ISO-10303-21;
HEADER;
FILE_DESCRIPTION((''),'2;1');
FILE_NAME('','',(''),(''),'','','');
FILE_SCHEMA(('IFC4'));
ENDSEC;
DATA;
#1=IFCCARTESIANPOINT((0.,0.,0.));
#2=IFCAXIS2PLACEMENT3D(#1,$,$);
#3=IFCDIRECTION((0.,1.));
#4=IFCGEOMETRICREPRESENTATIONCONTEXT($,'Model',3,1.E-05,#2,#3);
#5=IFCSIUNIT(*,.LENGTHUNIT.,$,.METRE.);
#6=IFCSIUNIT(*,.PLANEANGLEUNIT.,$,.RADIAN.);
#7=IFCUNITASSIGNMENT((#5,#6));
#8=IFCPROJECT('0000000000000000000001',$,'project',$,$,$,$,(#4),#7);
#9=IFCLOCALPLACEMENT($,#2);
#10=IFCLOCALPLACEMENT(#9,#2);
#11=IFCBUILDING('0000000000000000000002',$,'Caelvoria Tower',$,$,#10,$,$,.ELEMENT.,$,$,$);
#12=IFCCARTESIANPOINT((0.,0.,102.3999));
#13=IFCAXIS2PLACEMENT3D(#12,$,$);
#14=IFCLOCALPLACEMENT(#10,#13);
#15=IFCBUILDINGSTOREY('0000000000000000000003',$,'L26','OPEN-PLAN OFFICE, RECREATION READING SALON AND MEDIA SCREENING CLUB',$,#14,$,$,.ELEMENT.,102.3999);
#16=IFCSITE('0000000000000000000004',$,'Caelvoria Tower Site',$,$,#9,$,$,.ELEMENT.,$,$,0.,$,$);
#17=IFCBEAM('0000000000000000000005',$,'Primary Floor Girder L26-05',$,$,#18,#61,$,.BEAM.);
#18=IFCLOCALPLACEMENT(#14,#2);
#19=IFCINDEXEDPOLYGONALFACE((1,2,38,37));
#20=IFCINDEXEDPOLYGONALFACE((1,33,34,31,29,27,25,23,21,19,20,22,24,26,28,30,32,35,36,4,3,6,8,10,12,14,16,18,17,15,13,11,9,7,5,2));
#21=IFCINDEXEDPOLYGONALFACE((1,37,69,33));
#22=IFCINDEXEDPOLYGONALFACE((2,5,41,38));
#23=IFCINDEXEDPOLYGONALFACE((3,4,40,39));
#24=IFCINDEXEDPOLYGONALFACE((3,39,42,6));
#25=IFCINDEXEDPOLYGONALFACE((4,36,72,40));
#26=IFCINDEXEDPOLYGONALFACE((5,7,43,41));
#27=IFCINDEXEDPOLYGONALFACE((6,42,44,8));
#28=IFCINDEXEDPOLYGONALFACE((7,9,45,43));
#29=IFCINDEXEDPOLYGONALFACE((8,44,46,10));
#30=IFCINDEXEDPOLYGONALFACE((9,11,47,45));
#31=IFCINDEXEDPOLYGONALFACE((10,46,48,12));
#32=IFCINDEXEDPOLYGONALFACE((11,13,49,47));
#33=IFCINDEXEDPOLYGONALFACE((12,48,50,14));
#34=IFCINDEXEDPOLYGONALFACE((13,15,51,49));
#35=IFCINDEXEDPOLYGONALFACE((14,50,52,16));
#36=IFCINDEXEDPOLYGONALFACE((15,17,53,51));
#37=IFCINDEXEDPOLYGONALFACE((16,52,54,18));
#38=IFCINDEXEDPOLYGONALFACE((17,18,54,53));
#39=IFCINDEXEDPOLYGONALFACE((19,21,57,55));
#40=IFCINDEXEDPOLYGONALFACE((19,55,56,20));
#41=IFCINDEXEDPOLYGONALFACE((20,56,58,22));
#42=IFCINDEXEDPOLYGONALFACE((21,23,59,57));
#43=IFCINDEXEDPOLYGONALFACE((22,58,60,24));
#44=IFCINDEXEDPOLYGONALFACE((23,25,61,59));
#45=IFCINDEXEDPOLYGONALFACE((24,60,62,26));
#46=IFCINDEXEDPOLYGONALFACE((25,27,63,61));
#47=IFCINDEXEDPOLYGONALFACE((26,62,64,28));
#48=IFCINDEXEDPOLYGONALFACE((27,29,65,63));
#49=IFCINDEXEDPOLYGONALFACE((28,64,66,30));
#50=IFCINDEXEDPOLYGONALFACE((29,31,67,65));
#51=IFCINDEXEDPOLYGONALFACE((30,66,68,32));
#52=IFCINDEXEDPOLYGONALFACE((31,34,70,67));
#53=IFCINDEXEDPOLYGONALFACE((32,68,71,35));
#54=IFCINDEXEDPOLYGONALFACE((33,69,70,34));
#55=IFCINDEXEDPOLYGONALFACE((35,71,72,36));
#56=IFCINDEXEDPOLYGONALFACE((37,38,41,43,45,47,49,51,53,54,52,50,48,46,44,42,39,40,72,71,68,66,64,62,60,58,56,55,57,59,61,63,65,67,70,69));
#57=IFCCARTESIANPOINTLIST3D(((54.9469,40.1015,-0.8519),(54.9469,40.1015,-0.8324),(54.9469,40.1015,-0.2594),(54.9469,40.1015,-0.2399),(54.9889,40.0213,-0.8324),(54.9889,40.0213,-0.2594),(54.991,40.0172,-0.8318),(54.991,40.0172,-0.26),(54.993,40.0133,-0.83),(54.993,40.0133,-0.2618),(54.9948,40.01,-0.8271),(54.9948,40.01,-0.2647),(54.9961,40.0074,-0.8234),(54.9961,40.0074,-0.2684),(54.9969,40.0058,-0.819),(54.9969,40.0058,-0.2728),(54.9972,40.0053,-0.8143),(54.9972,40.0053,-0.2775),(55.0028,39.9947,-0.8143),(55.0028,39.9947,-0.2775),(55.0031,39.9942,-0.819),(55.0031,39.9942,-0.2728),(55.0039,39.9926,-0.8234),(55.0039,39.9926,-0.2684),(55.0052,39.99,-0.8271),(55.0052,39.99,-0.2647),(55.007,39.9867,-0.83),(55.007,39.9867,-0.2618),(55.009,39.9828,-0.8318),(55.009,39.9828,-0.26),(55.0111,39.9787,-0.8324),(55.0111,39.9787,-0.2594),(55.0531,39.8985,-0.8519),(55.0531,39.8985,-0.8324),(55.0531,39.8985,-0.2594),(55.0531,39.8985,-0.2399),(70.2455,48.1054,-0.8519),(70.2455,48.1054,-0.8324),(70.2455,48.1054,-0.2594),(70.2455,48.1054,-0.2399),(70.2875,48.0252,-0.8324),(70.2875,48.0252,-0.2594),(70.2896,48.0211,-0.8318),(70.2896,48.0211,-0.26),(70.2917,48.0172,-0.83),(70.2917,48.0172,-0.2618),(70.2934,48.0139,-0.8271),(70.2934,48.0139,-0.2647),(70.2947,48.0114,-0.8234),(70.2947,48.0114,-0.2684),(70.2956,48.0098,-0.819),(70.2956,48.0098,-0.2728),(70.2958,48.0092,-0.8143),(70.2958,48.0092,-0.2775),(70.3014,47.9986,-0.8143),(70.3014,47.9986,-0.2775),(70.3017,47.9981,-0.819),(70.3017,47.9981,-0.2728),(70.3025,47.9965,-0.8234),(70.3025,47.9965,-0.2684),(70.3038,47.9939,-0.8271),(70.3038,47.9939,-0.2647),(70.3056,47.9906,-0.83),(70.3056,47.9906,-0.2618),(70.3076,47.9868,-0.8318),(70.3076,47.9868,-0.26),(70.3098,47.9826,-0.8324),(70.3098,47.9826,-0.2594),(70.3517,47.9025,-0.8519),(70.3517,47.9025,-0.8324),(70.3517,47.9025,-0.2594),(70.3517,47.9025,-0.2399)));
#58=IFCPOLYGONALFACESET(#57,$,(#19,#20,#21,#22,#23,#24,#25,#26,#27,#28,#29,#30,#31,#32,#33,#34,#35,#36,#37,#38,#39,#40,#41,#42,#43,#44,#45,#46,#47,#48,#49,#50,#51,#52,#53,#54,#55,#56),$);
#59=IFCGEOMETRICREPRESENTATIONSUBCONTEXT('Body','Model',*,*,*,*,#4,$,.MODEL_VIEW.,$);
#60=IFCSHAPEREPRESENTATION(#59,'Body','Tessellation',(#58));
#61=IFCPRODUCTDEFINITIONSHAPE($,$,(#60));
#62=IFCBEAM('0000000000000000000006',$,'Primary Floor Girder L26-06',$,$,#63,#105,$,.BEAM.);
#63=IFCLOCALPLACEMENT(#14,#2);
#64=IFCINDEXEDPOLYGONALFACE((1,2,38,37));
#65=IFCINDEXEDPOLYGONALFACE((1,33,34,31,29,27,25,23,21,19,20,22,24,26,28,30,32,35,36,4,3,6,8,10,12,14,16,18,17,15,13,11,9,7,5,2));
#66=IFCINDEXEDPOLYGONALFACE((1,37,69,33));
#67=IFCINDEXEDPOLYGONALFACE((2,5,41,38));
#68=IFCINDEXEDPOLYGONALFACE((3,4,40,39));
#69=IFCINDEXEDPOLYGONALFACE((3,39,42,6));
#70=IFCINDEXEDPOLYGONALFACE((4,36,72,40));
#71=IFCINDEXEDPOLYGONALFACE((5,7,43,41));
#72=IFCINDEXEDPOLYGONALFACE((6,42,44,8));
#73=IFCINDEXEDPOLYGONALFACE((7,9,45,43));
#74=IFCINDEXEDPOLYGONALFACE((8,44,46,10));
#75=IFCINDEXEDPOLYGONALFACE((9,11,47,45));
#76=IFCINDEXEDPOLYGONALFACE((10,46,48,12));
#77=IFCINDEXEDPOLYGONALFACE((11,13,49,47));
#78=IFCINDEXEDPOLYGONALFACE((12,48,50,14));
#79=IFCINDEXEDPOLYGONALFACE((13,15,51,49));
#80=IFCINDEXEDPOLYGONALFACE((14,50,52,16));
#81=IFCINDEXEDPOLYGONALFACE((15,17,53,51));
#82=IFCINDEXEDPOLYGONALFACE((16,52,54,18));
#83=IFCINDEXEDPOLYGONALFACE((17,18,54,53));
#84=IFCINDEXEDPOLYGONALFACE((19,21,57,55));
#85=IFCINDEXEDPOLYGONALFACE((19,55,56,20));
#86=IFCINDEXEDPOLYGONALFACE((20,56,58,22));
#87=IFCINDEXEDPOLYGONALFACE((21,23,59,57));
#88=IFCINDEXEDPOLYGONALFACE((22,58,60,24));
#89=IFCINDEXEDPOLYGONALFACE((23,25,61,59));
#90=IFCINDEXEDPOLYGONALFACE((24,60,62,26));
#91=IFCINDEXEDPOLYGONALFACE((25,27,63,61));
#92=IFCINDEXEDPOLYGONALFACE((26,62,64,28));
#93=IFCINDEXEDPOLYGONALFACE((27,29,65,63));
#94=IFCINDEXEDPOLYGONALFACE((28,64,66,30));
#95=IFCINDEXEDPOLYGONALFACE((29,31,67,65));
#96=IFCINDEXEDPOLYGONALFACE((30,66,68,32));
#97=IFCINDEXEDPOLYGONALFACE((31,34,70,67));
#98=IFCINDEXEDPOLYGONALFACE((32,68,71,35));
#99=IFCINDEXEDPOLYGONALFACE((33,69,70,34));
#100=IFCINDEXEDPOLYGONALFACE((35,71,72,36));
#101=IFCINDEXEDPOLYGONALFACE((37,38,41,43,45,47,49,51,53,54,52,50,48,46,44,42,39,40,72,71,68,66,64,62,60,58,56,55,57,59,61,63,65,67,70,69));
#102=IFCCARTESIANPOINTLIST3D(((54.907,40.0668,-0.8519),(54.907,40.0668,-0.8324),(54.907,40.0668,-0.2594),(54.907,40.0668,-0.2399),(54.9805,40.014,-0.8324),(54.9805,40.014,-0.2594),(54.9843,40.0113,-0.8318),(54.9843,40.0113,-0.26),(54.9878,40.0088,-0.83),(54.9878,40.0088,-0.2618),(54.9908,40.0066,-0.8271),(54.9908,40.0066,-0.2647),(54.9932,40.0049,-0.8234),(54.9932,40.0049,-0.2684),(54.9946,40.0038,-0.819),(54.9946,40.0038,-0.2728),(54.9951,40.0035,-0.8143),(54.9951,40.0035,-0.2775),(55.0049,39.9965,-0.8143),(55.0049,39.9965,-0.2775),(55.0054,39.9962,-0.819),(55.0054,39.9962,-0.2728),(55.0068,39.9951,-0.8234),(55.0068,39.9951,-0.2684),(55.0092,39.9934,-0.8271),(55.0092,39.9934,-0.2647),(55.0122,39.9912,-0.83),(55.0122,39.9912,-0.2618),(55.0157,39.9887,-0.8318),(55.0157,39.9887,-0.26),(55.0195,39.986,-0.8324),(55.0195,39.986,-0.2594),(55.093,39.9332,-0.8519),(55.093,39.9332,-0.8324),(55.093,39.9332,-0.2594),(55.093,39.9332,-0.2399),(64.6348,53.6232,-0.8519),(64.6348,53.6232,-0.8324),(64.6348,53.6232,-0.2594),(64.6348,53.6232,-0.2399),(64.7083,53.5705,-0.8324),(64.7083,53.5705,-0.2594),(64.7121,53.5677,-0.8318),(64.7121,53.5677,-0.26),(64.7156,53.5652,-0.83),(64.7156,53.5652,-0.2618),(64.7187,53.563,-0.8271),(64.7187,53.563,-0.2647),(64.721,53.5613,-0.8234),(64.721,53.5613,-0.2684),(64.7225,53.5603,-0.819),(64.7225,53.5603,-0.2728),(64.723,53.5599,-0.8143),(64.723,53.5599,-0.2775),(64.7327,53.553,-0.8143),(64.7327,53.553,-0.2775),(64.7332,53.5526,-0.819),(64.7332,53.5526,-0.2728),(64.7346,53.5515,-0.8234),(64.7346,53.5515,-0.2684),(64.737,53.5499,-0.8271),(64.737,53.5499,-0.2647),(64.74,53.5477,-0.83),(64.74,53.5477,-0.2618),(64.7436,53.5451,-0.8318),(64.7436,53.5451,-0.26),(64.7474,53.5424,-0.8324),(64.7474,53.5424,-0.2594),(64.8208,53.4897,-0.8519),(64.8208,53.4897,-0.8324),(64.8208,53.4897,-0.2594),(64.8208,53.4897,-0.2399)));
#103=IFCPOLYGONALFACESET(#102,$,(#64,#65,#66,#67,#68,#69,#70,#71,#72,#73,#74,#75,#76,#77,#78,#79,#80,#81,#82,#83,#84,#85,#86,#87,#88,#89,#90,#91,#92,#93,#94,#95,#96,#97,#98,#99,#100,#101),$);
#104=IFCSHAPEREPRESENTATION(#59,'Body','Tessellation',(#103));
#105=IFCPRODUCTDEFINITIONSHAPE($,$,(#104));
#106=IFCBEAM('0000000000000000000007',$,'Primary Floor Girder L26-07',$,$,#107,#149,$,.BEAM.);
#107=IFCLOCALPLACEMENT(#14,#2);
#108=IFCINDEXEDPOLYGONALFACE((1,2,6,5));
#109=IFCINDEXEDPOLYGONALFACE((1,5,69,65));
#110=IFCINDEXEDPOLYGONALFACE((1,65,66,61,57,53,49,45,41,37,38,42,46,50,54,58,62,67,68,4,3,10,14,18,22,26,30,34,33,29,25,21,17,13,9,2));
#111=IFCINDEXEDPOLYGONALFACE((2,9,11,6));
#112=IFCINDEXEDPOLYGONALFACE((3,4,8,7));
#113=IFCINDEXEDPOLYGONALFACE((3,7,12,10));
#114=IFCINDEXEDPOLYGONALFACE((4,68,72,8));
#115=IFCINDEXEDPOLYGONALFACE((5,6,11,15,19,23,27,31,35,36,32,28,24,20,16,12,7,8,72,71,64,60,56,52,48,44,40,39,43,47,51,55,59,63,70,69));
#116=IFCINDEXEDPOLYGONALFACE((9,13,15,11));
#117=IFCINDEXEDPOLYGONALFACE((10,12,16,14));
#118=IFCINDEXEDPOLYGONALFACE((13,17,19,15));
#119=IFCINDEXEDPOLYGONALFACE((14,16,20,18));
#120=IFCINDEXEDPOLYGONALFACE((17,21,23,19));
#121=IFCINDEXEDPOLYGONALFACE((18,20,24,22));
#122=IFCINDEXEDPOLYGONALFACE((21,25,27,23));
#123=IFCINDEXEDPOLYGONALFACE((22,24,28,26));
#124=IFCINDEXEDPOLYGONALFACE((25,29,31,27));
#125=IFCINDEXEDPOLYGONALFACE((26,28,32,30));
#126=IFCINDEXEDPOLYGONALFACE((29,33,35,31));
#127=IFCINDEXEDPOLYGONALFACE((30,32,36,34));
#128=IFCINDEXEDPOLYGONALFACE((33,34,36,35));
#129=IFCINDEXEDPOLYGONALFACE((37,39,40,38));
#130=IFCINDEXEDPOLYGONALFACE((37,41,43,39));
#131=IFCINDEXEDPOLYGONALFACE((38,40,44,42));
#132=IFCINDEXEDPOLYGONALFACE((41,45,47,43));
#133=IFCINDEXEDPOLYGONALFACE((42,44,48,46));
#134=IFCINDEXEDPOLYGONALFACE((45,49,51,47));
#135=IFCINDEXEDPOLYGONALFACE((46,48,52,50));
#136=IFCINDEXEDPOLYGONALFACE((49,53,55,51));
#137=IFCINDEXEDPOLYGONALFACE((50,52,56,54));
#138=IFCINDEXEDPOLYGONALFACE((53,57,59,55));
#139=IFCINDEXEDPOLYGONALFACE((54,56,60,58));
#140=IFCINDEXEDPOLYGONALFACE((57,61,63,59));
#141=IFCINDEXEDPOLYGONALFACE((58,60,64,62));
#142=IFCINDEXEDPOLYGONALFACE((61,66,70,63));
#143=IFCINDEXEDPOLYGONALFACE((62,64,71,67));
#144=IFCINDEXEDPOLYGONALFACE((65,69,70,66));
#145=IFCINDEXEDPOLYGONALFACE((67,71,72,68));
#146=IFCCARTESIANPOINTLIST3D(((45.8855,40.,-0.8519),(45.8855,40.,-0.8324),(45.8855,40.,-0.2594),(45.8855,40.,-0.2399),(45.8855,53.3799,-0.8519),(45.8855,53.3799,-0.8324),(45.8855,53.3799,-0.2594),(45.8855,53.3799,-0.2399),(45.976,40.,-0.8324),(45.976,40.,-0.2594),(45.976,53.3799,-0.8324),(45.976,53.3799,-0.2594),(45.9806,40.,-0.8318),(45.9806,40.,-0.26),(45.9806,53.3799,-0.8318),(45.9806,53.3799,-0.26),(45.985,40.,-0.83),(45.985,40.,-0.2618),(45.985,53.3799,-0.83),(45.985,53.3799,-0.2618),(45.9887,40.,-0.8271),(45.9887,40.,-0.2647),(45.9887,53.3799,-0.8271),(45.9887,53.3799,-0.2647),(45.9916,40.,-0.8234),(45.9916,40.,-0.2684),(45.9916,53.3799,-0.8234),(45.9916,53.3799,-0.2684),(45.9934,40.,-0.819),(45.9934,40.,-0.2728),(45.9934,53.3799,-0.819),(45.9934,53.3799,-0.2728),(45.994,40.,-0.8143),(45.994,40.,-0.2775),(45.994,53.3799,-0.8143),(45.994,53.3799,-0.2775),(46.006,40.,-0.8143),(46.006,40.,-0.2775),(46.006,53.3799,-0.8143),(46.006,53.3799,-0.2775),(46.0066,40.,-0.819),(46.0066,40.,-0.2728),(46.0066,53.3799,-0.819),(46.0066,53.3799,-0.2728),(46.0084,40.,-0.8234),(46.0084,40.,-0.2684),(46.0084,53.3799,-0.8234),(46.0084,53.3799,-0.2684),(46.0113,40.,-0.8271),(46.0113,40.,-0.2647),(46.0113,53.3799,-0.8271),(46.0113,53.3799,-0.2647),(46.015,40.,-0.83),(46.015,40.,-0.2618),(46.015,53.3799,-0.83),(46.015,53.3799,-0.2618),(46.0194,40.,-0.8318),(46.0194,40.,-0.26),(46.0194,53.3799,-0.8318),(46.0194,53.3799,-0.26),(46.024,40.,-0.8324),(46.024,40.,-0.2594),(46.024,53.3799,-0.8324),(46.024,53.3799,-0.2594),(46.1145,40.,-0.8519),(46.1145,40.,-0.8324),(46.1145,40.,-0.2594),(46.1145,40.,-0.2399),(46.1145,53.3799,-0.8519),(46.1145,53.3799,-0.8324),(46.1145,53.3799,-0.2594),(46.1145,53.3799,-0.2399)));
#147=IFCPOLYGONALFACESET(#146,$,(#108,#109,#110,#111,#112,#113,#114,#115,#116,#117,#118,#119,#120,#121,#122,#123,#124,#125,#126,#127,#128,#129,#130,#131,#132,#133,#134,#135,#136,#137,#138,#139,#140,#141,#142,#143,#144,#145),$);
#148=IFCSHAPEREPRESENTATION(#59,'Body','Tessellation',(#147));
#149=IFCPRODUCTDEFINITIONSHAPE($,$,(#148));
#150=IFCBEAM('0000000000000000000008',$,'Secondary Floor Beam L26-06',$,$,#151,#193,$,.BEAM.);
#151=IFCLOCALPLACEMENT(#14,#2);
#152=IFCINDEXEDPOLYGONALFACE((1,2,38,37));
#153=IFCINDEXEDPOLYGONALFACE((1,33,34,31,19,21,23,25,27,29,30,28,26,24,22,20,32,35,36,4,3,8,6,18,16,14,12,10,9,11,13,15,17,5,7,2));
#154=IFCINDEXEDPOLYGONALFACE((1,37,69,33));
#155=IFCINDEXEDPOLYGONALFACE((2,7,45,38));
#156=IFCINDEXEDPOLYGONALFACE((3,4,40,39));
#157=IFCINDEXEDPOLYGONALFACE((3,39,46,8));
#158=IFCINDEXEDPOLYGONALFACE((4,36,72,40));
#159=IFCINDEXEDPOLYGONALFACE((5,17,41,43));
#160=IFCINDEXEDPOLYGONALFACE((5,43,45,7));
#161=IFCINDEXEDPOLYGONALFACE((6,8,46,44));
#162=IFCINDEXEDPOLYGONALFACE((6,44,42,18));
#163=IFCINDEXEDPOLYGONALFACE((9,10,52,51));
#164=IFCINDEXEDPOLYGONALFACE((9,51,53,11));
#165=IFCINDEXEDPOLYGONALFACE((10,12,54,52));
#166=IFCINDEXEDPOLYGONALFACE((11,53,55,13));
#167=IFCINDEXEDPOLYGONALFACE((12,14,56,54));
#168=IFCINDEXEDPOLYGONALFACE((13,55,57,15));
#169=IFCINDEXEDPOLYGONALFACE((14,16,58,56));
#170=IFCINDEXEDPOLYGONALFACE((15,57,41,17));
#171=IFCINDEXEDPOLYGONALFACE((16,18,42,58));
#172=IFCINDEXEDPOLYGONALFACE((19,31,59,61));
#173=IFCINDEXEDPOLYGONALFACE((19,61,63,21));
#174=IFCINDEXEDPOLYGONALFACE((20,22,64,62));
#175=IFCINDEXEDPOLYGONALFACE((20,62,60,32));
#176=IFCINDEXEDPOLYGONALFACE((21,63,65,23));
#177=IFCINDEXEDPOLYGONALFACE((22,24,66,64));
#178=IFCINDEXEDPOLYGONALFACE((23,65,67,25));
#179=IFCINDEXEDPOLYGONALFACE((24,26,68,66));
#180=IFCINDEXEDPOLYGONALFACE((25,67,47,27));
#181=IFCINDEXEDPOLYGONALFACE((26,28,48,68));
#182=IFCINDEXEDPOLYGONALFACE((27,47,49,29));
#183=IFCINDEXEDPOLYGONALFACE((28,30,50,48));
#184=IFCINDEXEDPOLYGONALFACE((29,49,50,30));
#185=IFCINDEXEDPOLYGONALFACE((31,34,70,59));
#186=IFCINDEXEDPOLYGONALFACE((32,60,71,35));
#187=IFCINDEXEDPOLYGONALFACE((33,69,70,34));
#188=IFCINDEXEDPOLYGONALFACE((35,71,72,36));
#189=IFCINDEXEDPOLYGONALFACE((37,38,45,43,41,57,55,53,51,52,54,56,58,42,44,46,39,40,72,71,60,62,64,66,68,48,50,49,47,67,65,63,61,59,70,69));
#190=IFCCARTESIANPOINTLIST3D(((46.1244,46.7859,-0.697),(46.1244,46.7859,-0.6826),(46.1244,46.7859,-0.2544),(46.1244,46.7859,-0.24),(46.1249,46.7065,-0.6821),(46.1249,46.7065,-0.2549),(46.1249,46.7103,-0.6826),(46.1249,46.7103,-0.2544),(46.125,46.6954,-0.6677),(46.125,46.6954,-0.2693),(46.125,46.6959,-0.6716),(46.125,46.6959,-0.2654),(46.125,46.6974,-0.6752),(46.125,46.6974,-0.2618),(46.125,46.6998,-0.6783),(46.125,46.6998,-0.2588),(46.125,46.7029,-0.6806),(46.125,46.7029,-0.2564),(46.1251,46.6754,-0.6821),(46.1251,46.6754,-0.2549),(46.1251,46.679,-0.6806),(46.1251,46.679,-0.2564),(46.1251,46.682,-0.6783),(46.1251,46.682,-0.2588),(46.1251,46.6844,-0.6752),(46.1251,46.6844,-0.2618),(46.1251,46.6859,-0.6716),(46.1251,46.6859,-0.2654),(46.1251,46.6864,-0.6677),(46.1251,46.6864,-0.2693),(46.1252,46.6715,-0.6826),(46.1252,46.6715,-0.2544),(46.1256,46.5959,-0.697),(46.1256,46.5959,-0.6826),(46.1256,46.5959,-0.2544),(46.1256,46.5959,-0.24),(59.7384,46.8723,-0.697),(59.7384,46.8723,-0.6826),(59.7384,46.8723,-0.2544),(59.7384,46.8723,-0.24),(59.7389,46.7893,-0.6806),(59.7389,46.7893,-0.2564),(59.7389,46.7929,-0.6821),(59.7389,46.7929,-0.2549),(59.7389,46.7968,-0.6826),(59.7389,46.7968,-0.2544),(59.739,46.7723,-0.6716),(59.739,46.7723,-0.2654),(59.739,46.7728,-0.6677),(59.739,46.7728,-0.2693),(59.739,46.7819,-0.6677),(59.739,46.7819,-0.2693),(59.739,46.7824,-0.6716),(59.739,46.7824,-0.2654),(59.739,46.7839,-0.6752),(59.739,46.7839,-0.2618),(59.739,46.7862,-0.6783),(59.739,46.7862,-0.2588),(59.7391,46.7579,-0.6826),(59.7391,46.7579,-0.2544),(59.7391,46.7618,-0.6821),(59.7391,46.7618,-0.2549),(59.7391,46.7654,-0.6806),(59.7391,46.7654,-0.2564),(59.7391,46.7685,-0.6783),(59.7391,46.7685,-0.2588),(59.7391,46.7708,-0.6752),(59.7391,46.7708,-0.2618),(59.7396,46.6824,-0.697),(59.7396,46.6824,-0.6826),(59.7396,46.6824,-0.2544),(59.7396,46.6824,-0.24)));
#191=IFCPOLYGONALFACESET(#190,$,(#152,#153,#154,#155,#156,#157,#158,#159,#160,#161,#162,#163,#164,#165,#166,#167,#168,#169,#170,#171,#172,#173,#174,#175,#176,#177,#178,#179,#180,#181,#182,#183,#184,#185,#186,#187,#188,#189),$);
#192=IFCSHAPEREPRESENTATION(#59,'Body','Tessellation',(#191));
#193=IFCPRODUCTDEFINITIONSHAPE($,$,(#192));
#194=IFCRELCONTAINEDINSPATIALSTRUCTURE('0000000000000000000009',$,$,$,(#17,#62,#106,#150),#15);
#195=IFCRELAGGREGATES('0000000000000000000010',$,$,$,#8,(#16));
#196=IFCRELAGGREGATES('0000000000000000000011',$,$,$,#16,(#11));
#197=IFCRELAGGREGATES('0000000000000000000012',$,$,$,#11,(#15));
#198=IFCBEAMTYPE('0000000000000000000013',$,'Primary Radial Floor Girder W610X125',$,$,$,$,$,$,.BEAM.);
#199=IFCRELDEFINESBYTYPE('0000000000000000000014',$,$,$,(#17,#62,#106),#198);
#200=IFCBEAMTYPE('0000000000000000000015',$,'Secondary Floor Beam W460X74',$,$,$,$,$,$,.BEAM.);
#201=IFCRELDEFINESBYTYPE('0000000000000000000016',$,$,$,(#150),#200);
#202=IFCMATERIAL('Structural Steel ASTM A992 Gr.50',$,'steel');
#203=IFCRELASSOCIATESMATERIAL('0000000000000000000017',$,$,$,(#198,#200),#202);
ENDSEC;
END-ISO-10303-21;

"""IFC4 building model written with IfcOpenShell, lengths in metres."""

from ifc_helpers import new_model, si_unit, direction, frame, origin, origin_2d, place, context, subcontext, project, spatial, i_section, extrude, material, material_profile, profile_set, type_object, element, save


model = new_model("IFC4")

# Units and contexts
model_context = context("Model", 3, precision=1e-05, world=origin(), true_north=direction((0.0, 1.0)))
body_context = subcontext(model_context, "Body", "Model", "MODEL_VIEW")
ifc_project = project(units=[si_unit("LENGTHUNIT", "METRE"), si_unit("PLANEANGLEUNIT", "RADIAN")], contexts=[model_context])

# Site, building, storey
site_placement = place(None, origin())
site = spatial("IfcSite", under=ifc_project, at=site_placement, Name="Caelvoria Tower Site", CompositionType="ELEMENT", RefElevation=0.0)
building_placement = place(site_placement, origin())
building = spatial("IfcBuilding", under=site, at=building_placement, Name="Caelvoria Tower", CompositionType="ELEMENT")
storey_placement = place(building_placement, frame((0.0, 0.0, 102.3999)))
storey = spatial("IfcBuildingStorey", under=building, at=storey_placement, Name="L26", Description="OPEN-PLAN OFFICE, RECREATION READING SALON AND MEDIA SCREENING CLUB", CompositionType="ELEMENT", Elevation=102.3999)

# Beams
ifc_material_1 = material(Name="Structural Steel ASTM A992 Gr.50", Category="steel")
ifc_material_profile_1 = material_profile(ifc_material_1, i_section(OverallWidth=0.229, OverallDepth=0.6121, WebThickness=0.012, FlangeThickness=0.0195, FilletRadius=0.0181, at=origin_2d()), Name="Structural Steel ASTM A992 Gr.50")
ifc_profile_set_1 = profile_set([ifc_material_profile_1], Name="W610X125 - Structural Steel ASTM A992 Gr.50")
beam_type_1 = type_object("IfcBeamType", Name="Primary Radial Floor Girder W610X125", PredefinedType="BEAM", material=ifc_profile_set_1)
beam_1_placement = place(storey_placement, frame((55.0, 40.0, -0.5459), z_axis=(0.886061, 0.463569, 0.0), x_axis=(-0.463569, 0.886061, 0.0)))
element("IfcBeam", 1, at=beam_1_placement, inside=storey, type_object=beam_type_1, Name="Primary Floor Girder L26-05", PredefinedType="BEAM", context=body_context, shape_type="SweptSolid", body=[
    extrude(i_section(OverallWidth=0.229, OverallDepth=0.6121, WebThickness=0.012, FlangeThickness=0.0195, FilletRadius=0.0181, at=origin_2d()), origin(), (0.0, 0.0, 1.0), 17.2659),
])
beam_2_placement = place(storey_placement, frame((55.0, 40.0, -0.5459), z_axis=(0.583008, 0.812466, 0.0), x_axis=(-0.812466, 0.583008, 0.0)))
element("IfcBeam", 2, at=beam_2_placement, inside=storey, type_object=beam_type_1, Name="Primary Floor Girder L26-06", PredefinedType="BEAM", context=body_context, shape_type="SweptSolid", body=[
    extrude(i_section(OverallWidth=0.229, OverallDepth=0.6121, WebThickness=0.012, FlangeThickness=0.0195, FilletRadius=0.0181, at=origin_2d()), origin(), (0.0, 0.0, 1.0), 16.6855),
])
beam_3_placement = place(storey_placement, frame((46.0, 40.0, -0.5459), z_axis=(0.0, 1.0, 0.0), x_axis=(-1.0, 0.0, 0.0)))
element("IfcBeam", 3, at=beam_3_placement, inside=storey, type_object=beam_type_1, Name="Primary Floor Girder L26-07", PredefinedType="BEAM", context=body_context, shape_type="SweptSolid", body=[
    extrude(i_section(OverallWidth=0.229, OverallDepth=0.6121, WebThickness=0.012, FlangeThickness=0.0195, FilletRadius=0.0181, at=origin_2d()), origin(), (0.0, 0.0, 1.0), 13.3799),
])
ifc_material_profile_2 = material_profile(ifc_material_1, i_section(OverallWidth=0.1899, OverallDepth=0.457, WebThickness=0.009, FlangeThickness=0.0144, FilletRadius=0.0149, at=origin_2d()), Name="Structural Steel ASTM A992 Gr.50")
ifc_profile_set_2 = profile_set([ifc_material_profile_2], Name="W460X74 - Structural Steel ASTM A992 Gr.50")
beam_type_2 = type_object("IfcBeamType", Name="Secondary Floor Beam W460X74", PredefinedType="BEAM", material=ifc_profile_set_2)
for number, where, z_axis, x_axis, name in (
    (4, (59.739, 46.7773, -0.4685), (-0.99998, -0.006348, 0.0), (0.006348, -0.99998, 0.0), "Secondary Floor Beam L26-06"),
):
    element("IfcBeam", number, at=place(storey_placement, frame(where, z_axis=z_axis, x_axis=x_axis)), inside=storey, type_object=beam_type_2, Name=name, PredefinedType="BEAM", context=body_context, shape_type="SweptSolid", body=[
        extrude(i_section(OverallWidth=0.1899, OverallDepth=0.457, WebThickness=0.009, FlangeThickness=0.0144, FilletRadius=0.0149, at=origin_2d()), origin(), (0.0, 0.0, 1.0), 13.6143),
    ])

save(model, "model.ifc")
